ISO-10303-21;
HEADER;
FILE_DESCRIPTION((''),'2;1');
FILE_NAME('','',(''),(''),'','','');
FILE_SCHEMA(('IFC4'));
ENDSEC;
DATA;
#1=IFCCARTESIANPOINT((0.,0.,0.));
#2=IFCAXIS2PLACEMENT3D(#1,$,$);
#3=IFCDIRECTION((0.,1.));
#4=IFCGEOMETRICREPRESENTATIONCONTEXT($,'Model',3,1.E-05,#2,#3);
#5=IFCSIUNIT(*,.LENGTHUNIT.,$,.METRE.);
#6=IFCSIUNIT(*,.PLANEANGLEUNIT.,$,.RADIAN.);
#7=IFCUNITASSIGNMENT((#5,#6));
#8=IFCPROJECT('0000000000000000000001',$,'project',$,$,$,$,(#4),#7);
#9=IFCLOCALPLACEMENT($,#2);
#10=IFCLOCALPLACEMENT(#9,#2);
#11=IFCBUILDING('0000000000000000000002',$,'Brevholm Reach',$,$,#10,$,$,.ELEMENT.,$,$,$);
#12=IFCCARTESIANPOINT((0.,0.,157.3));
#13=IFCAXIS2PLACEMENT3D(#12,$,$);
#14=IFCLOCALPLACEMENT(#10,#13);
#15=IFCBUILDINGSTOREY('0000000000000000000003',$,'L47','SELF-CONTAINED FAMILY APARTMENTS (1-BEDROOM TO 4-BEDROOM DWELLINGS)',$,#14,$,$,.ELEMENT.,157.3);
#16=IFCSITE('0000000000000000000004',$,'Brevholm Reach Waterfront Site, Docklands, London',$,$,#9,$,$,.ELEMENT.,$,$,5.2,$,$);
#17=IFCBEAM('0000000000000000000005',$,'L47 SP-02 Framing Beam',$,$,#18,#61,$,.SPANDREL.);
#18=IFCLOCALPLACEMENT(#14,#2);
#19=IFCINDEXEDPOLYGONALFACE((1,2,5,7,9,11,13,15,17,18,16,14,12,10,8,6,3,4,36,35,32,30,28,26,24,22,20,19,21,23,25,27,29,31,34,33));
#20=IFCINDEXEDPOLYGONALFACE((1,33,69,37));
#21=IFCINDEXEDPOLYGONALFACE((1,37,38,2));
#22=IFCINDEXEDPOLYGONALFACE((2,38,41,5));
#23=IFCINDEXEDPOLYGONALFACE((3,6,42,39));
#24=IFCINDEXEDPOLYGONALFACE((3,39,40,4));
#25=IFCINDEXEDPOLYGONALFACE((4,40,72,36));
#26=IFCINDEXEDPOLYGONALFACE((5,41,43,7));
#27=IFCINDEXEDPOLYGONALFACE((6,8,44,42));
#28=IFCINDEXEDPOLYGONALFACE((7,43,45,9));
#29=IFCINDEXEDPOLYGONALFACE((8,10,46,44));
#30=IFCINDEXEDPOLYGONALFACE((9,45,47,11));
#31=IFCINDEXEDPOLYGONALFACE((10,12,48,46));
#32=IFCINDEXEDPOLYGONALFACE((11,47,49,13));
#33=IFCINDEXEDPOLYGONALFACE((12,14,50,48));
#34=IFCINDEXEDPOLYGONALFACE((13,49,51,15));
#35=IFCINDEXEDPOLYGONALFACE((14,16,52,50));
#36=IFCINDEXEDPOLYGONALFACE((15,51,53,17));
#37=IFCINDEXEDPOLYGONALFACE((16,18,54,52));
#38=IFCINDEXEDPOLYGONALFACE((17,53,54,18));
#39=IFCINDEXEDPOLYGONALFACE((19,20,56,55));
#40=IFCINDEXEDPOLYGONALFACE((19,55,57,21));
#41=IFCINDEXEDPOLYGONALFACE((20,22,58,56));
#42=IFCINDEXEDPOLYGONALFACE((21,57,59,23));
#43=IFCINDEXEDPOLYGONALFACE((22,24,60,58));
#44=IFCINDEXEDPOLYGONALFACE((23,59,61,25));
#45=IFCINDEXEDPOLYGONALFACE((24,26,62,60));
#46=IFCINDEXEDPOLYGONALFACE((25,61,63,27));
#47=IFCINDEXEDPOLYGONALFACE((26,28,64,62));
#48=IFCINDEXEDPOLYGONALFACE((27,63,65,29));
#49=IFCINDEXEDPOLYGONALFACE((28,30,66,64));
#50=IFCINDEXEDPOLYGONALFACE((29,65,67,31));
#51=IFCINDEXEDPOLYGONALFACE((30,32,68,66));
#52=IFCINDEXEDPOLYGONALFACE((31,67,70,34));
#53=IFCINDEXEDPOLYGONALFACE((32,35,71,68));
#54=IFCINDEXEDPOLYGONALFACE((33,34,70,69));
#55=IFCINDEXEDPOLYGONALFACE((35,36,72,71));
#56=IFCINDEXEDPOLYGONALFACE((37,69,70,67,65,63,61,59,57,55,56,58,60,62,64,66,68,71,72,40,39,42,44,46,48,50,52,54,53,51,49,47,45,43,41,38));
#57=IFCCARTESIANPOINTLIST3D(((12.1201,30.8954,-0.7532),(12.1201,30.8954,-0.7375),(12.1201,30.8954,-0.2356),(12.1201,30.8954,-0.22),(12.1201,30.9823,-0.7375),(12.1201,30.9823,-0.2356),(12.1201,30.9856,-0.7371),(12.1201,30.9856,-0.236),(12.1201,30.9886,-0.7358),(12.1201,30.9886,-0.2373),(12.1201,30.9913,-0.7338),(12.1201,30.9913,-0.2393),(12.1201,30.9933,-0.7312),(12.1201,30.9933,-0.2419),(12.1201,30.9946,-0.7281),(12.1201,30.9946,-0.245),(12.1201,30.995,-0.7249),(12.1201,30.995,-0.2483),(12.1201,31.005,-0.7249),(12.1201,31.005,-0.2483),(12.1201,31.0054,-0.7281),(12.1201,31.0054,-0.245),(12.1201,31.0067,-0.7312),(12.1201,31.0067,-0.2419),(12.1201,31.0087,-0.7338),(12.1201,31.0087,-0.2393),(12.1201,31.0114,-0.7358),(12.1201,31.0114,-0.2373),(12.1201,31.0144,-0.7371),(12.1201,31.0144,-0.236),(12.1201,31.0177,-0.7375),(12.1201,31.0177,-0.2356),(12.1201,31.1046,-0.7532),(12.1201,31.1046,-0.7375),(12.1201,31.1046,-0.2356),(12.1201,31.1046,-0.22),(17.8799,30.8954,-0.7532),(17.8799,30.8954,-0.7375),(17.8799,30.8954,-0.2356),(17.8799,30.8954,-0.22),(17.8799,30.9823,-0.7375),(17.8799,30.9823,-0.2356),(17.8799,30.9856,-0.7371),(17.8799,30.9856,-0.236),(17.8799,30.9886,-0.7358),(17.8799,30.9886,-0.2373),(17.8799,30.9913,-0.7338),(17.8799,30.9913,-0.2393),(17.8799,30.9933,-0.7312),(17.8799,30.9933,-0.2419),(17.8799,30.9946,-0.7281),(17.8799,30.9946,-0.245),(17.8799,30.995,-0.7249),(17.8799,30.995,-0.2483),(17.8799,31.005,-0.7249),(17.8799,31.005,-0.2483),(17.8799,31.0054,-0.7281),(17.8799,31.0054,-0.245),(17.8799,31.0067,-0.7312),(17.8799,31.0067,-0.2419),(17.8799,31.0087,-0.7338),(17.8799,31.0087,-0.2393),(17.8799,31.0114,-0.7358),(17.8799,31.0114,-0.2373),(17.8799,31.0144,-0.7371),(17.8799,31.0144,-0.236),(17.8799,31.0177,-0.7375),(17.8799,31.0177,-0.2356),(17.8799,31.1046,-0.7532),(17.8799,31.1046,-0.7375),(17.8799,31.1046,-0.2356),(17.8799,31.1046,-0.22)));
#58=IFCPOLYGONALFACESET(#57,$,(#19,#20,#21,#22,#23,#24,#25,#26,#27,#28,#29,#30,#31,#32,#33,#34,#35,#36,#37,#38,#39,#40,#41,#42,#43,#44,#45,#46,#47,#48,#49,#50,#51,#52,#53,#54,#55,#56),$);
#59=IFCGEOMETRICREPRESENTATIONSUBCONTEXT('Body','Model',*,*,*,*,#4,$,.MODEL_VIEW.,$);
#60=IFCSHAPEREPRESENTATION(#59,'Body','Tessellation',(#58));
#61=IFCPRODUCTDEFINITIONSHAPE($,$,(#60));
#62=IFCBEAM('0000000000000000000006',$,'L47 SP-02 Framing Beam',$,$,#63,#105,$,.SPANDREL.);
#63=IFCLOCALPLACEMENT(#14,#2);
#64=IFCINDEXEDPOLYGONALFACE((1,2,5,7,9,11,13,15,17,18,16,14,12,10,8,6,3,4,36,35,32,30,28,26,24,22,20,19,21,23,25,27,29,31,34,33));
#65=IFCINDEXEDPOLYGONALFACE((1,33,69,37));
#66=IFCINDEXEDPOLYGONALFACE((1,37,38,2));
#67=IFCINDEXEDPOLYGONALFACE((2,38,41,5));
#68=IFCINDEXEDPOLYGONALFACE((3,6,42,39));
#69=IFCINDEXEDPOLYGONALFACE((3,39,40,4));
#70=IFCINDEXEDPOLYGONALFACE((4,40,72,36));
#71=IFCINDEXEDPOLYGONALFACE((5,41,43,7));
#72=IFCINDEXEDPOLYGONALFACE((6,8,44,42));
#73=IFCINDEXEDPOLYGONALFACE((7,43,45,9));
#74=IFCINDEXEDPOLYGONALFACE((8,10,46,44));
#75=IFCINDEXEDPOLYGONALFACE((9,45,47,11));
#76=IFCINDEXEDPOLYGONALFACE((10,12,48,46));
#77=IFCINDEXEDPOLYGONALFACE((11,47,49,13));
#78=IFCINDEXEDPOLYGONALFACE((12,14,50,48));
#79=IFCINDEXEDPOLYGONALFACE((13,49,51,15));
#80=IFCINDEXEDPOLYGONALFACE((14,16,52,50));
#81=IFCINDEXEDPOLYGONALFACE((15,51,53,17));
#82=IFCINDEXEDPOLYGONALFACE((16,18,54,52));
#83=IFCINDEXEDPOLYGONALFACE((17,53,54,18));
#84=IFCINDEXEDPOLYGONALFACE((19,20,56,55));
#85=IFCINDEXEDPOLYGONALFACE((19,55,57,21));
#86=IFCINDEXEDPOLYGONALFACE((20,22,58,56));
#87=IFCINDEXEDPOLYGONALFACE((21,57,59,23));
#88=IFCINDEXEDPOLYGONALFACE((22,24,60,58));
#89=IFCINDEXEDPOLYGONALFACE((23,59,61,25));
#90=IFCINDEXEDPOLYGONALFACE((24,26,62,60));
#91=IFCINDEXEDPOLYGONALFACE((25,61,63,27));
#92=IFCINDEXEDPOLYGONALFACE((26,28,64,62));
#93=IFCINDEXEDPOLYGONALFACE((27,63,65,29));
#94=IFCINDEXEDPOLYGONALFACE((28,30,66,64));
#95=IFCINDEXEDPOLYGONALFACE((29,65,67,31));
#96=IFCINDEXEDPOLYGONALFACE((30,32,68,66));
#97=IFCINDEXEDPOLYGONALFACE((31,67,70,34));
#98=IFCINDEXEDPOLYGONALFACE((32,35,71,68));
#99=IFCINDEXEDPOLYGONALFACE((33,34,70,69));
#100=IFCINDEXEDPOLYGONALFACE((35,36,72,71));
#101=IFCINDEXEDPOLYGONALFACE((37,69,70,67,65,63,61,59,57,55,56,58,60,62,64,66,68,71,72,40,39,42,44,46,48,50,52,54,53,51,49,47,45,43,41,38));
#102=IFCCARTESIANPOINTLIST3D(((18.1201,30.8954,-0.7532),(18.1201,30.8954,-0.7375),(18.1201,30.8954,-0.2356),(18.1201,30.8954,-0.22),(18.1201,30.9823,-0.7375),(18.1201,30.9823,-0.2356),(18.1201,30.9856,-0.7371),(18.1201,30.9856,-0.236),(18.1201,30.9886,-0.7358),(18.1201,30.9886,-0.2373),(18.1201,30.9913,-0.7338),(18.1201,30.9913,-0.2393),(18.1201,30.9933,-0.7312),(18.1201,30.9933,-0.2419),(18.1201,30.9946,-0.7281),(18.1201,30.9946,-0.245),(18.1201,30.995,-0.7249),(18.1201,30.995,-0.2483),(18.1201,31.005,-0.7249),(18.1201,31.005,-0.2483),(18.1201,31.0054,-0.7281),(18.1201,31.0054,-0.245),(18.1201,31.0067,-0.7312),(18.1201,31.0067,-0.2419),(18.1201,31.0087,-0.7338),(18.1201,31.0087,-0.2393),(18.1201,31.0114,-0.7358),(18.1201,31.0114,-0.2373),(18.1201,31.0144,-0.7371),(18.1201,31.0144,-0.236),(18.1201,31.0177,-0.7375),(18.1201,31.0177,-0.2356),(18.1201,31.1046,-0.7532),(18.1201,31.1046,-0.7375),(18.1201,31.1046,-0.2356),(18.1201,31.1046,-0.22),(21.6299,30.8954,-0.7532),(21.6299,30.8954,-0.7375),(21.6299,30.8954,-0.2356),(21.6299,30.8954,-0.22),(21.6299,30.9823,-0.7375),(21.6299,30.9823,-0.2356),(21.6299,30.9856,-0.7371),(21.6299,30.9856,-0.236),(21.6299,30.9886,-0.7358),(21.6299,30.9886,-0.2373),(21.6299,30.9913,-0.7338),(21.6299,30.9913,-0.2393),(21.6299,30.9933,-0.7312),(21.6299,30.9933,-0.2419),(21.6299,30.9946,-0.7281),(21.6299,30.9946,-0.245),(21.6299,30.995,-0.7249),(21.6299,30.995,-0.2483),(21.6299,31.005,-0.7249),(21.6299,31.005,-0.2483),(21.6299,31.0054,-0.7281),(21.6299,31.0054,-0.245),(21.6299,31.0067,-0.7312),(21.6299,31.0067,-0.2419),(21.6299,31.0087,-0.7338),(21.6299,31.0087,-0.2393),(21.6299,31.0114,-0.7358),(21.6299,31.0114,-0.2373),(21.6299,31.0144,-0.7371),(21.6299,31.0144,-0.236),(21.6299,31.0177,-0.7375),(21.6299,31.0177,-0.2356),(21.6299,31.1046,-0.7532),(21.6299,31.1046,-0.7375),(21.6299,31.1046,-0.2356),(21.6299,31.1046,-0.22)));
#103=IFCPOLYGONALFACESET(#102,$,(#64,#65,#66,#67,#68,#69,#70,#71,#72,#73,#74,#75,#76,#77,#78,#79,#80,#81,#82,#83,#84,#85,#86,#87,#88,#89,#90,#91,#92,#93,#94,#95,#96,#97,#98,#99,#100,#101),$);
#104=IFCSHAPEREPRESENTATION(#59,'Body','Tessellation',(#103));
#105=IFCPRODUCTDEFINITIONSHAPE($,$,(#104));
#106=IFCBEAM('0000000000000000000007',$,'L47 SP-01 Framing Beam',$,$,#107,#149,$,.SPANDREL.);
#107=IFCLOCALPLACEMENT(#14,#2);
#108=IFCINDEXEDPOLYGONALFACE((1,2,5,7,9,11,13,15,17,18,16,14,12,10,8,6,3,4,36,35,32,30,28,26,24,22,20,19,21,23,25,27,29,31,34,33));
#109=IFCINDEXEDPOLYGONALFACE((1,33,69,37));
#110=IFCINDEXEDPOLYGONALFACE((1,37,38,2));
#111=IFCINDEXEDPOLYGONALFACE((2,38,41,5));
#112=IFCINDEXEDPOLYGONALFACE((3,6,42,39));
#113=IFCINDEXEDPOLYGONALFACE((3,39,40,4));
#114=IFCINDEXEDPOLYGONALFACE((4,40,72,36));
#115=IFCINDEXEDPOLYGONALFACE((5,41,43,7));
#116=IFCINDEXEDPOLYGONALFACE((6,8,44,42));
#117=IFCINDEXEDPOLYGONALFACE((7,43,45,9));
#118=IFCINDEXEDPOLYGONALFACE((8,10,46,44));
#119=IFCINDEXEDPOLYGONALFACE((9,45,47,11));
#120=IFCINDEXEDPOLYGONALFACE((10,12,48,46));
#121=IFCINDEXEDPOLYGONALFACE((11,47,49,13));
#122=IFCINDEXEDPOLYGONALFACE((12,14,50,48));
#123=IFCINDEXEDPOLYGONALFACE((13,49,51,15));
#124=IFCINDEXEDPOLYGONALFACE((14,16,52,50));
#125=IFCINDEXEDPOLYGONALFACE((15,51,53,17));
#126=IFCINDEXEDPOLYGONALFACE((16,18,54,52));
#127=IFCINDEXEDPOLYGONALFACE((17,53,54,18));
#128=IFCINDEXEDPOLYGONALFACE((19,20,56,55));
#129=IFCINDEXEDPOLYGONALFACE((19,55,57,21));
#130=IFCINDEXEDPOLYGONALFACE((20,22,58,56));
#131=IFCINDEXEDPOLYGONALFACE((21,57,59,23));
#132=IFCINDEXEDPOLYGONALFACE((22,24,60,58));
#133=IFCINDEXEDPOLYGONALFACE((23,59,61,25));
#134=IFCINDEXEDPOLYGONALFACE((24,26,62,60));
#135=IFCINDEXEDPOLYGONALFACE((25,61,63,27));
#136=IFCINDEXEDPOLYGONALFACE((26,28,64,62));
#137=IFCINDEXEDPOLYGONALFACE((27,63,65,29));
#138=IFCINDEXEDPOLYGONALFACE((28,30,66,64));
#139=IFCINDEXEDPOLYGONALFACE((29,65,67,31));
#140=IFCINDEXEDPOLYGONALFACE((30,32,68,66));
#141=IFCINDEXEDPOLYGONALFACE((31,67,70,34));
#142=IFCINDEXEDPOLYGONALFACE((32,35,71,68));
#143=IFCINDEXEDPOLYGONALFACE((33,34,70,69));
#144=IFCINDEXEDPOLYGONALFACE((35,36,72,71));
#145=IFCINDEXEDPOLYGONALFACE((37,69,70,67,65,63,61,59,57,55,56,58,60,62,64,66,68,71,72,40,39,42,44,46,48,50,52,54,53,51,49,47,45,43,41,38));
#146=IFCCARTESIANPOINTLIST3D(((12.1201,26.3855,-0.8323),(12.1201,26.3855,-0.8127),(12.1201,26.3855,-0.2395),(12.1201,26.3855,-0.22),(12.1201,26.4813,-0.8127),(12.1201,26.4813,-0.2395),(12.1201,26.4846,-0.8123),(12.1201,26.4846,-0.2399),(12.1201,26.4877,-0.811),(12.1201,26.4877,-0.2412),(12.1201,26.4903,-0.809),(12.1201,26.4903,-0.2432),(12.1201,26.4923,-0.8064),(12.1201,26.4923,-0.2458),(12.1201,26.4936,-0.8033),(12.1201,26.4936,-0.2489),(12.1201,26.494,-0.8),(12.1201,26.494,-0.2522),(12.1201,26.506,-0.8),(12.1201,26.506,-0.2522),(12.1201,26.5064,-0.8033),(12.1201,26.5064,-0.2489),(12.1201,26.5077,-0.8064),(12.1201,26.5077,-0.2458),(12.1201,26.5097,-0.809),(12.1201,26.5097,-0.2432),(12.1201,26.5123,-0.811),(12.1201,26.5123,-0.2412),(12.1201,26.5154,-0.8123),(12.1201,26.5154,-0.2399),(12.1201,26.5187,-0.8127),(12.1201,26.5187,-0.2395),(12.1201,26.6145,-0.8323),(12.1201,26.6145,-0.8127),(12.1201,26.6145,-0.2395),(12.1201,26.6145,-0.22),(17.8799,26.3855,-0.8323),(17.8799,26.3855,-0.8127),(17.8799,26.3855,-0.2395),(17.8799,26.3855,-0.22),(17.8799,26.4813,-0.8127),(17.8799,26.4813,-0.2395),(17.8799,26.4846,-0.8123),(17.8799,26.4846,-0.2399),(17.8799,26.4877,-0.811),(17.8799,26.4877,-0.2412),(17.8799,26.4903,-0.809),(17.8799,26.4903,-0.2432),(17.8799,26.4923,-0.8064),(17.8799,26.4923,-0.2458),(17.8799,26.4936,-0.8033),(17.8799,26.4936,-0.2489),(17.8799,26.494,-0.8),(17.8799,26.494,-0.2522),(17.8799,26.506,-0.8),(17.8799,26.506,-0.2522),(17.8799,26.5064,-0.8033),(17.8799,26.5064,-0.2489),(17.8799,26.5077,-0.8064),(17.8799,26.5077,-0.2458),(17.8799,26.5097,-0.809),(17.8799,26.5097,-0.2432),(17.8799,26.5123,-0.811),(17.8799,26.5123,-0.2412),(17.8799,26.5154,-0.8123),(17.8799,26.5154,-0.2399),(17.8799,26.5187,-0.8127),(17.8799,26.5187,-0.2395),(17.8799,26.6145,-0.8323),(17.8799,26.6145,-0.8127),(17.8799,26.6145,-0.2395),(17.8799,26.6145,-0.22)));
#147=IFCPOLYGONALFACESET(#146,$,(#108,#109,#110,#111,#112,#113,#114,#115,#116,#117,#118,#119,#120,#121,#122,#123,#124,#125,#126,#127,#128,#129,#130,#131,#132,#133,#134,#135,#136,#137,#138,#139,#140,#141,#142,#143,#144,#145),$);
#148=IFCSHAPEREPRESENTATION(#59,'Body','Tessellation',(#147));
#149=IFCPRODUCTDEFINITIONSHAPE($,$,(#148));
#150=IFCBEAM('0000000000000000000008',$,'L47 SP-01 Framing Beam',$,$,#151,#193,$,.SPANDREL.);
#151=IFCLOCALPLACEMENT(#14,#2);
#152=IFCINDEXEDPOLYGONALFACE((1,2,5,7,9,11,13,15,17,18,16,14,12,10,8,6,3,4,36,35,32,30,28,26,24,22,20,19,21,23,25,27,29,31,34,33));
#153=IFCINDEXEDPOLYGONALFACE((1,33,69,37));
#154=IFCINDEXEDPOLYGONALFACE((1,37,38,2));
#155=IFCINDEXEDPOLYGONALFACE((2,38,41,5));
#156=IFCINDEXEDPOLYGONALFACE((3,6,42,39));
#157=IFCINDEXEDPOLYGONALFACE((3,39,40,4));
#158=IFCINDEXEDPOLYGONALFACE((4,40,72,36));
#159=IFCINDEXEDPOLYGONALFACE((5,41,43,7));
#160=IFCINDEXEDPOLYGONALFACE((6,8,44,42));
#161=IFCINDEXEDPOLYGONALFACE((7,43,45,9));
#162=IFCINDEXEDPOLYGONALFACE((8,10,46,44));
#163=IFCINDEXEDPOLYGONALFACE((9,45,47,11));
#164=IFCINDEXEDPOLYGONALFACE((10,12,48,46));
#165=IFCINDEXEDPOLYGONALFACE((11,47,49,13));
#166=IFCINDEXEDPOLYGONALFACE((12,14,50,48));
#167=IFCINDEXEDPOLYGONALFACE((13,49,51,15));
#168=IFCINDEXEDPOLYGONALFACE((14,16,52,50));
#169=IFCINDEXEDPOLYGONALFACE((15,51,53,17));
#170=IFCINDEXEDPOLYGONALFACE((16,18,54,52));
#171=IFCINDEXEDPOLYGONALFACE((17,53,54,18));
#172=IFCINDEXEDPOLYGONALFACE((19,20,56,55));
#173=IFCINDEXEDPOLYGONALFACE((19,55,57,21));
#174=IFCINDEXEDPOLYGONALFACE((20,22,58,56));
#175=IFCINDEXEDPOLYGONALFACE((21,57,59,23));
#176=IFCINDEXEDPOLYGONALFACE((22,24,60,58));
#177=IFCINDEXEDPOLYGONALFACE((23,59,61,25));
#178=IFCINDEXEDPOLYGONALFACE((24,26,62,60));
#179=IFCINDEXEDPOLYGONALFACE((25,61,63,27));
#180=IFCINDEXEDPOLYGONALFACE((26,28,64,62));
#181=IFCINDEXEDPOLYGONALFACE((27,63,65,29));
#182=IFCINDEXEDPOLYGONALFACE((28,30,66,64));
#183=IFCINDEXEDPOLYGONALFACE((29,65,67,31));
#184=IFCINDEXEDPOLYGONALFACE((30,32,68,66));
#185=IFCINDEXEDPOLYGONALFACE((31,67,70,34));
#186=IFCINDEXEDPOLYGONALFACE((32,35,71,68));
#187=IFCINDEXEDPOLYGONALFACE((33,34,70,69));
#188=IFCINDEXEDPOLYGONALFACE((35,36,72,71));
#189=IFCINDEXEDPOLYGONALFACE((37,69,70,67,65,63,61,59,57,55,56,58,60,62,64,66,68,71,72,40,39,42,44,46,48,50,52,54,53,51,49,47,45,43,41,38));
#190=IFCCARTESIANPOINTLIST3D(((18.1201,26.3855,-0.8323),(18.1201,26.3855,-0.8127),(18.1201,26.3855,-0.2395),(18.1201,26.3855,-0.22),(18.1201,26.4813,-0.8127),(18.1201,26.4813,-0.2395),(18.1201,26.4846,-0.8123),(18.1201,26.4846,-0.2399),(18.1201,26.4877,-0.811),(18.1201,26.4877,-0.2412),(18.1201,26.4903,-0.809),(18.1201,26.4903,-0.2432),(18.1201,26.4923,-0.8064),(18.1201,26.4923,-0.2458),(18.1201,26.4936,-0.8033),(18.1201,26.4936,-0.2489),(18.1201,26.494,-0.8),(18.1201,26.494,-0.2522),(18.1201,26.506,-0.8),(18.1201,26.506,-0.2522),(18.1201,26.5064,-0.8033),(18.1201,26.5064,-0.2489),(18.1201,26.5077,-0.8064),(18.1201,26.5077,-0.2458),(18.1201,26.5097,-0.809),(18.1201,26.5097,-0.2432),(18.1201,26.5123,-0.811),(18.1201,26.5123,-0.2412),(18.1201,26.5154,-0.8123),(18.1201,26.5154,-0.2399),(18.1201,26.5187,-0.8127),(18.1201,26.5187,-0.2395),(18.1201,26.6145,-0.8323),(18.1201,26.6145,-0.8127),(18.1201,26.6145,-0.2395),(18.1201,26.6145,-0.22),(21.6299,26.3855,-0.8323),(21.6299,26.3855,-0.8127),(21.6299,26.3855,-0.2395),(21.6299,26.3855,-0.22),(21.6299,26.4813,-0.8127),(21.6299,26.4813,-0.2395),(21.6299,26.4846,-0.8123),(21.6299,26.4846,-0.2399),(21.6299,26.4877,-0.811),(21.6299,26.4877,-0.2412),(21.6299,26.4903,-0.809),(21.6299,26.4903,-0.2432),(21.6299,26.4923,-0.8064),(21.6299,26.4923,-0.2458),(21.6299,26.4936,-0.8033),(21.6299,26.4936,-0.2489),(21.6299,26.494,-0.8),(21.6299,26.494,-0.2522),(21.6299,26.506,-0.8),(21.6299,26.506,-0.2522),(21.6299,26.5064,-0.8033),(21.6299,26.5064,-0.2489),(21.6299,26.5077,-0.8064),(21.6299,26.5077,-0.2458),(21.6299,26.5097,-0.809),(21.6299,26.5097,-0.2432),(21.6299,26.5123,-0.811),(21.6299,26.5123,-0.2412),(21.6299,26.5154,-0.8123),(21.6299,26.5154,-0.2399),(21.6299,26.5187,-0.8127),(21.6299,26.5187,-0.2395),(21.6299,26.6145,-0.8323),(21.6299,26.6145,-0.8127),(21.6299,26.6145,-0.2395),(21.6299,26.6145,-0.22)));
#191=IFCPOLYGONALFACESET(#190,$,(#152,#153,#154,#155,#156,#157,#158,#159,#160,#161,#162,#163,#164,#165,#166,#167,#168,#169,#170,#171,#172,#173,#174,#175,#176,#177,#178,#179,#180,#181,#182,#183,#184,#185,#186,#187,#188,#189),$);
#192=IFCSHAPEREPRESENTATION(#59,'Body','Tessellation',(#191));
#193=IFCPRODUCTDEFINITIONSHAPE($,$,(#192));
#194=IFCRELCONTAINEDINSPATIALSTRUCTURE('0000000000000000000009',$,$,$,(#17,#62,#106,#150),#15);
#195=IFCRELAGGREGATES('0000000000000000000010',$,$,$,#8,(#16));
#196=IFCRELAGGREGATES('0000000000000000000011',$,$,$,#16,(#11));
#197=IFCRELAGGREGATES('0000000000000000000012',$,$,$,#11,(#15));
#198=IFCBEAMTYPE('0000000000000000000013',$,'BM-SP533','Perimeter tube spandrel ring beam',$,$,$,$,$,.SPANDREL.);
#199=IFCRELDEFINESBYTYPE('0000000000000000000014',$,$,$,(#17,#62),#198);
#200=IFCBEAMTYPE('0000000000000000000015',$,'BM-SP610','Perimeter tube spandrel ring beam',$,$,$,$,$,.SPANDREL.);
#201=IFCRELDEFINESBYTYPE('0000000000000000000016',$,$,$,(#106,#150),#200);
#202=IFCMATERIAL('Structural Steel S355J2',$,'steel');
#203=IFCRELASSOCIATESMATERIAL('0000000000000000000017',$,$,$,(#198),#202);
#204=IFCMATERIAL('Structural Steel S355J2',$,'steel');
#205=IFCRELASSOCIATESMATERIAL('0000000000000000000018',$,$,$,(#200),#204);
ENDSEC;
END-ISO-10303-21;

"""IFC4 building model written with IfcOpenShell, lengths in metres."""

from ifc_helpers import new_model, si_unit, direction, frame, origin, origin_2d, place, context, subcontext, project, spatial, i_section, extrude, material, material_profile, profile_set, type_object, element, save


model = new_model("IFC4")

# Units and contexts
model_context = context("Model", 3, precision=1e-05, world=origin(), true_north=direction((0.0, 1.0)))
body_context = subcontext(model_context, "Body", "Model", "MODEL_VIEW")
ifc_project = project(units=[si_unit("LENGTHUNIT", "METRE"), si_unit("PLANEANGLEUNIT", "RADIAN")], contexts=[model_context])

# Site, building, storey
site_placement = place(None, origin())
site = spatial("IfcSite", under=ifc_project, at=site_placement, Name="Brevholm Reach Waterfront Site, Docklands, London", CompositionType="ELEMENT", RefElevation=5.2)
building_placement = place(site_placement, origin())
building = spatial("IfcBuilding", under=site, at=building_placement, Name="Brevholm Reach", CompositionType="ELEMENT")
storey_placement = place(building_placement, frame((0.0, 0.0, 157.3)))
storey = spatial("IfcBuildingStorey", under=building, at=storey_placement, Name="L47", Description="SELF-CONTAINED FAMILY APARTMENTS (1-BEDROOM TO 4-BEDROOM DWELLINGS)", CompositionType="ELEMENT", Elevation=157.3)

# Beams
ifc_material_1 = material(Name="Structural Steel S355J2", Category="steel")
ifc_material_profile_1 = material_profile(ifc_material_1, i_section(OverallWidth=0.2092, OverallDepth=0.5332, WebThickness=0.01, FlangeThickness=0.0156, FilletRadius=0.0127, at=origin_2d()), Name="UKB 533x210x92")
ifc_profile_set_1 = profile_set([ifc_material_profile_1], Name="Structural Steel S355J2")
beam_type_1 = type_object("IfcBeamType", Name="BM-SP533", Description="Perimeter tube spandrel ring beam", PredefinedType="SPANDREL", material=ifc_profile_set_1)
beam_1_placement = place(storey_placement, frame((12.1201, 31.0, -0.4866), z_axis=(1.0, 0.0, 0.0), x_axis=(0.0, 1.0, 0.0)))
element("IfcBeam", 1, at=beam_1_placement, inside=storey, type_object=beam_type_1, Name="L47 SP-02 Framing Beam", PredefinedType="SPANDREL", context=body_context, shape_type="SweptSolid", body=[
    extrude(i_section(OverallWidth=0.2092, OverallDepth=0.5332, WebThickness=0.01, FlangeThickness=0.0156, FilletRadius=0.0127, at=origin_2d()), origin(), (0.0, 0.0, 1.0), 5.7598),
])
beam_2_placement = place(storey_placement, frame((18.1201, 31.0, -0.4866), z_axis=(1.0, 0.0, 0.0), x_axis=(0.0, 1.0, 0.0)))
element("IfcBeam", 2, at=beam_2_placement, inside=storey, type_object=beam_type_1, Name="L47 SP-02 Framing Beam", PredefinedType="SPANDREL", context=body_context, shape_type="SweptSolid", body=[
    extrude(i_section(OverallWidth=0.2092, OverallDepth=0.5332, WebThickness=0.01, FlangeThickness=0.0156, FilletRadius=0.0127, at=origin_2d()), origin(), (0.0, 0.0, 1.0), 3.5098),
])
ifc_material_2 = material(Name="Structural Steel S355J2", Category="steel")
ifc_material_profile_2 = material_profile(ifc_material_2, i_section(OverallWidth=0.229, OverallDepth=0.6123, WebThickness=0.012, FlangeThickness=0.0195, FilletRadius=0.0127, at=origin_2d()), Name="UKB 610x229x125")
ifc_profile_set_2 = profile_set([ifc_material_profile_2], Name="Structural Steel S355J2")
beam_type_2 = type_object("IfcBeamType", Name="BM-SP610", Description="Perimeter tube spandrel ring beam", PredefinedType="SPANDREL", material=ifc_profile_set_2)
beam_3_placement = place(storey_placement, frame((12.1201, 26.5, -0.5261), z_axis=(1.0, 0.0, 0.0), x_axis=(0.0, 1.0, 0.0)))
element("IfcBeam", 3, at=beam_3_placement, inside=storey, type_object=beam_type_2, Name="L47 SP-01 Framing Beam", PredefinedType="SPANDREL", context=body_context, shape_type="SweptSolid", body=[
    extrude(i_section(OverallWidth=0.229, OverallDepth=0.6123, WebThickness=0.012, FlangeThickness=0.0195, FilletRadius=0.0127, at=origin_2d()), origin(), (0.0, 0.0, 1.0), 5.7598),
])
beam_4_placement = place(storey_placement, frame((18.1201, 26.5, -0.5261), z_axis=(1.0, 0.0, 0.0), x_axis=(0.0, 1.0, 0.0)))
element("IfcBeam", 4, at=beam_4_placement, inside=storey, type_object=beam_type_2, Name="L47 SP-01 Framing Beam", PredefinedType="SPANDREL", context=body_context, shape_type="SweptSolid", body=[
    extrude(i_section(OverallWidth=0.229, OverallDepth=0.6123, WebThickness=0.012, FlangeThickness=0.0195, FilletRadius=0.0127, at=origin_2d()), origin(), (0.0, 0.0, 1.0), 3.5098),
])

save(model, "model.ifc")
